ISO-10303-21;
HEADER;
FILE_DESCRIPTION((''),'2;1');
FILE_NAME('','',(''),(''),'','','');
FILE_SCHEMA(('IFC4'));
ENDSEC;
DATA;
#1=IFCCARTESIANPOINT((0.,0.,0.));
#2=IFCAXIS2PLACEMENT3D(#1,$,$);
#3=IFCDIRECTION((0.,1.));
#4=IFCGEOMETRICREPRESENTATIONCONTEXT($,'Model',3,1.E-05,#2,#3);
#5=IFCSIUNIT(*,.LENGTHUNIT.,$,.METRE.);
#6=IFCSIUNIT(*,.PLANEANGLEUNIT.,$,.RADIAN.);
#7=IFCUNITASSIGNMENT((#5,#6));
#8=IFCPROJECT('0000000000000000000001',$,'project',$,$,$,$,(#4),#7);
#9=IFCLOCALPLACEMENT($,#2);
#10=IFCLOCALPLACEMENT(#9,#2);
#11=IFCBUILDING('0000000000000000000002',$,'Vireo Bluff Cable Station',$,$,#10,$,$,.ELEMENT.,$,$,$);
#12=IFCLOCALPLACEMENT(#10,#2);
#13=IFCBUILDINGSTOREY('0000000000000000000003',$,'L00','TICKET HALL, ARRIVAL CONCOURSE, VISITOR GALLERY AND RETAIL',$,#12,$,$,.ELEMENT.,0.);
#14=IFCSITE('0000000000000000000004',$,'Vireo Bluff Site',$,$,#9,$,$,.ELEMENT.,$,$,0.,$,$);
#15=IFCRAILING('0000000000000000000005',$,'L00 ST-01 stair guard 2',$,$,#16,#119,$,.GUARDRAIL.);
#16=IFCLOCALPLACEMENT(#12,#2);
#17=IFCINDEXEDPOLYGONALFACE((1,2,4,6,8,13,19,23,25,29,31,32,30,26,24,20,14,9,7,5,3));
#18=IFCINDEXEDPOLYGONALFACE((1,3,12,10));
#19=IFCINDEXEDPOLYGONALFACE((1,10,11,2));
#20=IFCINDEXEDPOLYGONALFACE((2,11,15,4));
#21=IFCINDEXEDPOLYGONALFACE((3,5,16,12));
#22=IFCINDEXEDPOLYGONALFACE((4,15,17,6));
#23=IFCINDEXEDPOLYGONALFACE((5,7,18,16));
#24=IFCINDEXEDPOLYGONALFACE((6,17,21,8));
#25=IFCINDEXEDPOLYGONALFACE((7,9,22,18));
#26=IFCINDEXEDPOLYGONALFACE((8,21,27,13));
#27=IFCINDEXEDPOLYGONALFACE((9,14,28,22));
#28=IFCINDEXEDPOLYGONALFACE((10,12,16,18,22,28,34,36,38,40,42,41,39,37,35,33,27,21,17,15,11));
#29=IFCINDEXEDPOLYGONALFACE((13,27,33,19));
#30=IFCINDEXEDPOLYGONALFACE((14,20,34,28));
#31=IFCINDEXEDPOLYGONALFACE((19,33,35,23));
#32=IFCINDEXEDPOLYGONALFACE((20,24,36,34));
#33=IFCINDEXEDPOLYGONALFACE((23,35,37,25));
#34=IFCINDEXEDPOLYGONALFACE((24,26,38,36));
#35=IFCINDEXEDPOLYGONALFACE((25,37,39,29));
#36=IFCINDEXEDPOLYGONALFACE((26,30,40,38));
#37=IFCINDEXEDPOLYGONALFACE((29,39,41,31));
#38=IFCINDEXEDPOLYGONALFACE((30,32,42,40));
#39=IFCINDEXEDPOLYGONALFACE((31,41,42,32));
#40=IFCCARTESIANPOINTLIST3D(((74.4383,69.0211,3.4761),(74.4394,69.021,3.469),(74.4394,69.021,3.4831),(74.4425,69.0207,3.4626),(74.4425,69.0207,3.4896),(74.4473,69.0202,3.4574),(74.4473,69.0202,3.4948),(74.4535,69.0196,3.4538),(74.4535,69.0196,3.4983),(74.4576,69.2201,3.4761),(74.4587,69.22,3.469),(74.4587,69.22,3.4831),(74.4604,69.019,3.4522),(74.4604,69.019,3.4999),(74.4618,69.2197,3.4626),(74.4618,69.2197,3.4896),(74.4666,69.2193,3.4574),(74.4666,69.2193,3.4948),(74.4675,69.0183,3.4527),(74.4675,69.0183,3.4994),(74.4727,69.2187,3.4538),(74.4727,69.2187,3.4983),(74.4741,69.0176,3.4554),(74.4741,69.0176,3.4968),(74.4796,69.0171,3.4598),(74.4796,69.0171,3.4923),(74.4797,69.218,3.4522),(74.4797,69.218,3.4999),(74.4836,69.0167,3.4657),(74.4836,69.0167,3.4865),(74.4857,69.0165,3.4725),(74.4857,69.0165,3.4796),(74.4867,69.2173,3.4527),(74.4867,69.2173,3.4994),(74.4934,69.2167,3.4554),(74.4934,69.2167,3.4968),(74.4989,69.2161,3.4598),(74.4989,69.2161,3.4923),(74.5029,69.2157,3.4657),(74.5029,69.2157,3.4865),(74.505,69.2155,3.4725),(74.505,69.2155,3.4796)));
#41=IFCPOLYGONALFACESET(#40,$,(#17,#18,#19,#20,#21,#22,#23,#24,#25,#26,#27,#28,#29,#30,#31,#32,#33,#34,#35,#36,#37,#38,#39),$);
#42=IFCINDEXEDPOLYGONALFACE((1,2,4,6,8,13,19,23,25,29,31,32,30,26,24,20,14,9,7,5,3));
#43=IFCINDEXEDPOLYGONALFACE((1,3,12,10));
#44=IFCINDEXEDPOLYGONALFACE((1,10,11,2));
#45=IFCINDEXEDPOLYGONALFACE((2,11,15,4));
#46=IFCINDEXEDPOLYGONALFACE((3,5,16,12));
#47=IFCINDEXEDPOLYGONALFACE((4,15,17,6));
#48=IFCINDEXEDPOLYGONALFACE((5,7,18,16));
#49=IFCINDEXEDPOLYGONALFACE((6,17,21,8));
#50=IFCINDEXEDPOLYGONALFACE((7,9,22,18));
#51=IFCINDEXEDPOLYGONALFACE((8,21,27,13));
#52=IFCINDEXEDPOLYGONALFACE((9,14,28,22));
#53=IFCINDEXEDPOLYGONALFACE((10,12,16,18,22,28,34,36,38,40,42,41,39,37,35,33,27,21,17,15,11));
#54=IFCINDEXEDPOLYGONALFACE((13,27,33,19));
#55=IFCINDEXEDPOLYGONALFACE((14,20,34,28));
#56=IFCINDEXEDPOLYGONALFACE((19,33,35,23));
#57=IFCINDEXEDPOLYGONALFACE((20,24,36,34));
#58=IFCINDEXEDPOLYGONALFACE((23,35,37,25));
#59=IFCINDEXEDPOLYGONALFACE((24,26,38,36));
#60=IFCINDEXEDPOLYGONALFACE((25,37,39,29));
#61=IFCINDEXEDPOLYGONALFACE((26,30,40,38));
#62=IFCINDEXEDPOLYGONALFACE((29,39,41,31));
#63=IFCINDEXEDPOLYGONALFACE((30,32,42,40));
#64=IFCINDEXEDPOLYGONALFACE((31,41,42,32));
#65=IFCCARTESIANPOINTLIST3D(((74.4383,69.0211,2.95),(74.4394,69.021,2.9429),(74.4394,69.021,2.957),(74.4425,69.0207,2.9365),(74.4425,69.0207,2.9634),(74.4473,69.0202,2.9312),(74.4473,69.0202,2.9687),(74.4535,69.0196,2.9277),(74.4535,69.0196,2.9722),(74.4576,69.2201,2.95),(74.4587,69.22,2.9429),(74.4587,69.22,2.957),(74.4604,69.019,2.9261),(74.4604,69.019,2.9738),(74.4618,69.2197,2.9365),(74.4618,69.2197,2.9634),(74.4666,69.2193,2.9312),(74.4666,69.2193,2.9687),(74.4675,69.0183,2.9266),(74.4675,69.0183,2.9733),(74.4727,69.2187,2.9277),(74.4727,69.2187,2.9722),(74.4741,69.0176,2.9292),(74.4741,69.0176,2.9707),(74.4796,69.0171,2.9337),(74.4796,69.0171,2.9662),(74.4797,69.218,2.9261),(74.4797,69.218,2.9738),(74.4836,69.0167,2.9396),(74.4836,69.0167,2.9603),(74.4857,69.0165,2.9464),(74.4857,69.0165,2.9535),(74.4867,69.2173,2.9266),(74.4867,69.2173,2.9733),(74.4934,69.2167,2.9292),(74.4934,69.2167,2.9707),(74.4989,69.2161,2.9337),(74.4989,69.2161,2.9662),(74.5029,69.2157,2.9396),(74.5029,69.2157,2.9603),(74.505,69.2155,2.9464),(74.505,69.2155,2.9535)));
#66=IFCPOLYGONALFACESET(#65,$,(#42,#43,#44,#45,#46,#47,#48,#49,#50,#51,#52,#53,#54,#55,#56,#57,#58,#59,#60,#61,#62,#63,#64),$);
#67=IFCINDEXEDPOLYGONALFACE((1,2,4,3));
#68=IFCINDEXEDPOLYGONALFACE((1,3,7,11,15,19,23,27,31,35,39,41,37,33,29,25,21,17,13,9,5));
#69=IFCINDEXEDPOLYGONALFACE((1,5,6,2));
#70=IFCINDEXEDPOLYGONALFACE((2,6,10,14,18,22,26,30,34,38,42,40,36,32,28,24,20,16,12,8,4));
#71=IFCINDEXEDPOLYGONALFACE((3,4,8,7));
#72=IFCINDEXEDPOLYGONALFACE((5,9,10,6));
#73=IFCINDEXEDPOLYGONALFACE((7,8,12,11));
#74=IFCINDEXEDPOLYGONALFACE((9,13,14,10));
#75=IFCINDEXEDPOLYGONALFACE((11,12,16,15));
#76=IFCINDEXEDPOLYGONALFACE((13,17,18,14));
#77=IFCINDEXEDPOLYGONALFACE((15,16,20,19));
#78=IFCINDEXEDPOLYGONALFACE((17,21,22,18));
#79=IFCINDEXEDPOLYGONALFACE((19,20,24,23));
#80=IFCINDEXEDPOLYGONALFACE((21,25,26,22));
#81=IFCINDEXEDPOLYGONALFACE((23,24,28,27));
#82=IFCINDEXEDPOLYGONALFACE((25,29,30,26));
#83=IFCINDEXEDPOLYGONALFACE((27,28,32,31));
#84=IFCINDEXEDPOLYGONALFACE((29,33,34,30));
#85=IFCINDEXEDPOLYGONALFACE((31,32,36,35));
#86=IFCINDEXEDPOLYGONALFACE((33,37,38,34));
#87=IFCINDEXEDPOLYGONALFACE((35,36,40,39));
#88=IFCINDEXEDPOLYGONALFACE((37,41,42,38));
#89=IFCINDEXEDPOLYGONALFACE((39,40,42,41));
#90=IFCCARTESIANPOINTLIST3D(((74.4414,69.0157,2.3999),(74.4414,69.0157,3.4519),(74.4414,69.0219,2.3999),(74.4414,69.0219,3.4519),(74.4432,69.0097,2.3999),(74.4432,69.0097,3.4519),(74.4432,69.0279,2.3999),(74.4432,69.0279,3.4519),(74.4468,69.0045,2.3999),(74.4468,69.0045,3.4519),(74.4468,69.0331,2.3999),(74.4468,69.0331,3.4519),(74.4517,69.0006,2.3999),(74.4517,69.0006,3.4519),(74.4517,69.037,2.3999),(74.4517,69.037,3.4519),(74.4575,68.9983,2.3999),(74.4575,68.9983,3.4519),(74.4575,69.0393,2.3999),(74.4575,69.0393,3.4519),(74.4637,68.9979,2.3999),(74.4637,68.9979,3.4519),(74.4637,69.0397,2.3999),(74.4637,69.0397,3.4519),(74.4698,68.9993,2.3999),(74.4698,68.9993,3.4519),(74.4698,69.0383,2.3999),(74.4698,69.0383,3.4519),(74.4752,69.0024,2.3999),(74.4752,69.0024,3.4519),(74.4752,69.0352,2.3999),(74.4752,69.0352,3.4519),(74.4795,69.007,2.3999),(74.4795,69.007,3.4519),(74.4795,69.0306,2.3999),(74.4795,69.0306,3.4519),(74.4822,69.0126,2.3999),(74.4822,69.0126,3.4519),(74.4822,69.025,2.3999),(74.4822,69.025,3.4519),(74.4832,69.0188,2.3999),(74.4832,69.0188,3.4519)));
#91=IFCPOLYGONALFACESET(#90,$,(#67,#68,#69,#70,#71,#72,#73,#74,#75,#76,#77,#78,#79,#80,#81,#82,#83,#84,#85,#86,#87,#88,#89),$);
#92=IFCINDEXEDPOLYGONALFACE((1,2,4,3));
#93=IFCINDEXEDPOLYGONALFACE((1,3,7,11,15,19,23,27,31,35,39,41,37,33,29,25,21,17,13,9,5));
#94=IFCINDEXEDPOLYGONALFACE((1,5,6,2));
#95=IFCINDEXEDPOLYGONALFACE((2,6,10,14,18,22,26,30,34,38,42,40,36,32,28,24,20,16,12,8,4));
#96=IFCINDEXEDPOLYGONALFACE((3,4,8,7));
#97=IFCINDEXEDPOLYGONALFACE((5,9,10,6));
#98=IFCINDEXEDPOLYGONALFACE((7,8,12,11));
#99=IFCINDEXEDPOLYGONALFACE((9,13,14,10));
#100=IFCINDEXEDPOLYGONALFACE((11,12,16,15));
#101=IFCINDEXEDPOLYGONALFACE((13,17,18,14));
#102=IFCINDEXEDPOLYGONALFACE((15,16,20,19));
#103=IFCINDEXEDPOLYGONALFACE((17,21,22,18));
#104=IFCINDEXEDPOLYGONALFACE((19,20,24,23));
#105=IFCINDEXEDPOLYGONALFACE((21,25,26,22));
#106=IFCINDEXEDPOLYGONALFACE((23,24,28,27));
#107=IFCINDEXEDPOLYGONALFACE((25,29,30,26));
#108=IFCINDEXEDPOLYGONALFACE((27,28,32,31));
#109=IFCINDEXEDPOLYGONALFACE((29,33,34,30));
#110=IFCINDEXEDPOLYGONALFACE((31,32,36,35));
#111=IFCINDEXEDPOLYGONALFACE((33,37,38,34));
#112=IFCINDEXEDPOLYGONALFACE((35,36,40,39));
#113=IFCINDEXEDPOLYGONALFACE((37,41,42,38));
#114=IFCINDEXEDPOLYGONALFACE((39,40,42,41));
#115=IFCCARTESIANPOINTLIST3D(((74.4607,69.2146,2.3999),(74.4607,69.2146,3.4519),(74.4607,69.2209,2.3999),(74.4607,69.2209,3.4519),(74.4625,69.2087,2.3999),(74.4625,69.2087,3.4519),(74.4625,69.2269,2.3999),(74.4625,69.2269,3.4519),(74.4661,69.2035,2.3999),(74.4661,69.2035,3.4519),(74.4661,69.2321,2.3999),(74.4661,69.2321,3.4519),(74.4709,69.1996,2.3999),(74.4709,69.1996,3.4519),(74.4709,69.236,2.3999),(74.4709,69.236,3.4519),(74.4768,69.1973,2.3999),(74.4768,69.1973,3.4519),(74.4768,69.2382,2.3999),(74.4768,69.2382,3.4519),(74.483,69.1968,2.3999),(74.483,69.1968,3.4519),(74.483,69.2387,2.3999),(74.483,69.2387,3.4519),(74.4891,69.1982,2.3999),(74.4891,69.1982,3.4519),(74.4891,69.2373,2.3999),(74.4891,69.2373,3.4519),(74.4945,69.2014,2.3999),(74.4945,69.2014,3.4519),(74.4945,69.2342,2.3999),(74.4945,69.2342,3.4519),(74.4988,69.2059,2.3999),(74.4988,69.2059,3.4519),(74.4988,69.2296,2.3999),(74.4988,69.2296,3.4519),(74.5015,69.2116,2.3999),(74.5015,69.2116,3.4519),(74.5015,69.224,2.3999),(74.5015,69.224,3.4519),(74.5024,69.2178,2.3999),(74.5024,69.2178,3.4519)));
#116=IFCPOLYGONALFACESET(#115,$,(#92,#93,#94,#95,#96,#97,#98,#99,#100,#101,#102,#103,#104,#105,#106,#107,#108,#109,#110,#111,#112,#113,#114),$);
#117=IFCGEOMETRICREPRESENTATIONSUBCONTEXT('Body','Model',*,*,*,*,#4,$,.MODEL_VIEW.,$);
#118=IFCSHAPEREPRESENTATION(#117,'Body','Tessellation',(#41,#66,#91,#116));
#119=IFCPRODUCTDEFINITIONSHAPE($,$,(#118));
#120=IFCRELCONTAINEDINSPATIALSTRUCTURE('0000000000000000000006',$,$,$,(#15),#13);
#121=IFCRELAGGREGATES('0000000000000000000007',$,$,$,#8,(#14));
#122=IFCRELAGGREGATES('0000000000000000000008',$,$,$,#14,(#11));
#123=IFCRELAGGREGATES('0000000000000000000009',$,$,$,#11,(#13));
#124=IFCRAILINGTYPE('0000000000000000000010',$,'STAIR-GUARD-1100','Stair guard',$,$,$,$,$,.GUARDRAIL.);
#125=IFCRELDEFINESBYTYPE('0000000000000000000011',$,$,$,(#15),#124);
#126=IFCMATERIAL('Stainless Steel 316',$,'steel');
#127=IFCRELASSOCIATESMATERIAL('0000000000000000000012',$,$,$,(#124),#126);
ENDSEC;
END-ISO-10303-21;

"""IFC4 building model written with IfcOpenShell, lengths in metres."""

from ifc_helpers import new_model, si_unit, direction, frame, origin, origin_2d, place, context, subcontext, project, spatial, circle, extrude, material, type_object, element, save


model = new_model("IFC4")

# Units and contexts
model_context = context("Model", 3, precision=1e-05, world=origin(), true_north=direction((0.0, 1.0)))
body_context = subcontext(model_context, "Body", "Model", "MODEL_VIEW")
ifc_project = project(units=[si_unit("LENGTHUNIT", "METRE"), si_unit("PLANEANGLEUNIT", "RADIAN")], contexts=[model_context])

# Site, building, storey
site_placement = place(None, origin())
site = spatial("IfcSite", under=ifc_project, at=site_placement, Name="Vireo Bluff Site", CompositionType="ELEMENT", RefElevation=0.0)
building_placement = place(site_placement, origin())
building = spatial("IfcBuilding", under=site, at=building_placement, Name="Vireo Bluff Cable Station", CompositionType="ELEMENT")
storey_placement = place(building_placement, origin())
storey = spatial("IfcBuildingStorey", under=building, at=storey_placement, Name="L00", Description="TICKET HALL, ARRIVAL CONCOURSE, VISITOR GALLERY AND RETAIL", CompositionType="ELEMENT", Elevation=0.0)

# Shared definitions
ifc_material_1 = material(Name="Stainless Steel 316", Category="steel")

# Railing
railing_type_1 = type_object("IfcRailingType", Name="STAIR-GUARD-1100", Description="Stair guard", PredefinedType="GUARDRAIL", material=ifc_material_1)
railing_1_placement = place(storey_placement, frame((74.4622, 69.0188, 2.3999)))
element("IfcRailing", 1, at=railing_1_placement, inside=storey, type_object=railing_type_1, Name="L00 ST-01 stair guard 2", PredefinedType="GUARDRAIL", context=body_context, shape_type="SweptSolid", body=[
    extrude(circle(Radius=0.0239, at=origin_2d()), frame((0.0, 0.0, 1.0762), z_axis=(0.09648, 0.995335, 0.0), x_axis=(-0.995335, 0.09648, 0.0)), (0.0, 0.0, 1.0), 0.2),
    extrude(circle(Radius=0.0239, at=origin_2d()), frame((0.0, 0.0, 0.55), z_axis=(0.09648, 0.995335, 0.0), x_axis=(-0.995335, 0.09648, 0.0)), (0.0, 0.0, 1.0), 0.2),
    extrude(circle(Radius=0.021, at=origin_2d()), origin(), (0.0, 0.0, 1.0), 1.052),
    extrude(circle(Radius=0.021, at=origin_2d()), frame((0.0193, 0.199, 0.0)), (0.0, 0.0, 1.0), 1.052),
])

save(model, "model.ifc")
